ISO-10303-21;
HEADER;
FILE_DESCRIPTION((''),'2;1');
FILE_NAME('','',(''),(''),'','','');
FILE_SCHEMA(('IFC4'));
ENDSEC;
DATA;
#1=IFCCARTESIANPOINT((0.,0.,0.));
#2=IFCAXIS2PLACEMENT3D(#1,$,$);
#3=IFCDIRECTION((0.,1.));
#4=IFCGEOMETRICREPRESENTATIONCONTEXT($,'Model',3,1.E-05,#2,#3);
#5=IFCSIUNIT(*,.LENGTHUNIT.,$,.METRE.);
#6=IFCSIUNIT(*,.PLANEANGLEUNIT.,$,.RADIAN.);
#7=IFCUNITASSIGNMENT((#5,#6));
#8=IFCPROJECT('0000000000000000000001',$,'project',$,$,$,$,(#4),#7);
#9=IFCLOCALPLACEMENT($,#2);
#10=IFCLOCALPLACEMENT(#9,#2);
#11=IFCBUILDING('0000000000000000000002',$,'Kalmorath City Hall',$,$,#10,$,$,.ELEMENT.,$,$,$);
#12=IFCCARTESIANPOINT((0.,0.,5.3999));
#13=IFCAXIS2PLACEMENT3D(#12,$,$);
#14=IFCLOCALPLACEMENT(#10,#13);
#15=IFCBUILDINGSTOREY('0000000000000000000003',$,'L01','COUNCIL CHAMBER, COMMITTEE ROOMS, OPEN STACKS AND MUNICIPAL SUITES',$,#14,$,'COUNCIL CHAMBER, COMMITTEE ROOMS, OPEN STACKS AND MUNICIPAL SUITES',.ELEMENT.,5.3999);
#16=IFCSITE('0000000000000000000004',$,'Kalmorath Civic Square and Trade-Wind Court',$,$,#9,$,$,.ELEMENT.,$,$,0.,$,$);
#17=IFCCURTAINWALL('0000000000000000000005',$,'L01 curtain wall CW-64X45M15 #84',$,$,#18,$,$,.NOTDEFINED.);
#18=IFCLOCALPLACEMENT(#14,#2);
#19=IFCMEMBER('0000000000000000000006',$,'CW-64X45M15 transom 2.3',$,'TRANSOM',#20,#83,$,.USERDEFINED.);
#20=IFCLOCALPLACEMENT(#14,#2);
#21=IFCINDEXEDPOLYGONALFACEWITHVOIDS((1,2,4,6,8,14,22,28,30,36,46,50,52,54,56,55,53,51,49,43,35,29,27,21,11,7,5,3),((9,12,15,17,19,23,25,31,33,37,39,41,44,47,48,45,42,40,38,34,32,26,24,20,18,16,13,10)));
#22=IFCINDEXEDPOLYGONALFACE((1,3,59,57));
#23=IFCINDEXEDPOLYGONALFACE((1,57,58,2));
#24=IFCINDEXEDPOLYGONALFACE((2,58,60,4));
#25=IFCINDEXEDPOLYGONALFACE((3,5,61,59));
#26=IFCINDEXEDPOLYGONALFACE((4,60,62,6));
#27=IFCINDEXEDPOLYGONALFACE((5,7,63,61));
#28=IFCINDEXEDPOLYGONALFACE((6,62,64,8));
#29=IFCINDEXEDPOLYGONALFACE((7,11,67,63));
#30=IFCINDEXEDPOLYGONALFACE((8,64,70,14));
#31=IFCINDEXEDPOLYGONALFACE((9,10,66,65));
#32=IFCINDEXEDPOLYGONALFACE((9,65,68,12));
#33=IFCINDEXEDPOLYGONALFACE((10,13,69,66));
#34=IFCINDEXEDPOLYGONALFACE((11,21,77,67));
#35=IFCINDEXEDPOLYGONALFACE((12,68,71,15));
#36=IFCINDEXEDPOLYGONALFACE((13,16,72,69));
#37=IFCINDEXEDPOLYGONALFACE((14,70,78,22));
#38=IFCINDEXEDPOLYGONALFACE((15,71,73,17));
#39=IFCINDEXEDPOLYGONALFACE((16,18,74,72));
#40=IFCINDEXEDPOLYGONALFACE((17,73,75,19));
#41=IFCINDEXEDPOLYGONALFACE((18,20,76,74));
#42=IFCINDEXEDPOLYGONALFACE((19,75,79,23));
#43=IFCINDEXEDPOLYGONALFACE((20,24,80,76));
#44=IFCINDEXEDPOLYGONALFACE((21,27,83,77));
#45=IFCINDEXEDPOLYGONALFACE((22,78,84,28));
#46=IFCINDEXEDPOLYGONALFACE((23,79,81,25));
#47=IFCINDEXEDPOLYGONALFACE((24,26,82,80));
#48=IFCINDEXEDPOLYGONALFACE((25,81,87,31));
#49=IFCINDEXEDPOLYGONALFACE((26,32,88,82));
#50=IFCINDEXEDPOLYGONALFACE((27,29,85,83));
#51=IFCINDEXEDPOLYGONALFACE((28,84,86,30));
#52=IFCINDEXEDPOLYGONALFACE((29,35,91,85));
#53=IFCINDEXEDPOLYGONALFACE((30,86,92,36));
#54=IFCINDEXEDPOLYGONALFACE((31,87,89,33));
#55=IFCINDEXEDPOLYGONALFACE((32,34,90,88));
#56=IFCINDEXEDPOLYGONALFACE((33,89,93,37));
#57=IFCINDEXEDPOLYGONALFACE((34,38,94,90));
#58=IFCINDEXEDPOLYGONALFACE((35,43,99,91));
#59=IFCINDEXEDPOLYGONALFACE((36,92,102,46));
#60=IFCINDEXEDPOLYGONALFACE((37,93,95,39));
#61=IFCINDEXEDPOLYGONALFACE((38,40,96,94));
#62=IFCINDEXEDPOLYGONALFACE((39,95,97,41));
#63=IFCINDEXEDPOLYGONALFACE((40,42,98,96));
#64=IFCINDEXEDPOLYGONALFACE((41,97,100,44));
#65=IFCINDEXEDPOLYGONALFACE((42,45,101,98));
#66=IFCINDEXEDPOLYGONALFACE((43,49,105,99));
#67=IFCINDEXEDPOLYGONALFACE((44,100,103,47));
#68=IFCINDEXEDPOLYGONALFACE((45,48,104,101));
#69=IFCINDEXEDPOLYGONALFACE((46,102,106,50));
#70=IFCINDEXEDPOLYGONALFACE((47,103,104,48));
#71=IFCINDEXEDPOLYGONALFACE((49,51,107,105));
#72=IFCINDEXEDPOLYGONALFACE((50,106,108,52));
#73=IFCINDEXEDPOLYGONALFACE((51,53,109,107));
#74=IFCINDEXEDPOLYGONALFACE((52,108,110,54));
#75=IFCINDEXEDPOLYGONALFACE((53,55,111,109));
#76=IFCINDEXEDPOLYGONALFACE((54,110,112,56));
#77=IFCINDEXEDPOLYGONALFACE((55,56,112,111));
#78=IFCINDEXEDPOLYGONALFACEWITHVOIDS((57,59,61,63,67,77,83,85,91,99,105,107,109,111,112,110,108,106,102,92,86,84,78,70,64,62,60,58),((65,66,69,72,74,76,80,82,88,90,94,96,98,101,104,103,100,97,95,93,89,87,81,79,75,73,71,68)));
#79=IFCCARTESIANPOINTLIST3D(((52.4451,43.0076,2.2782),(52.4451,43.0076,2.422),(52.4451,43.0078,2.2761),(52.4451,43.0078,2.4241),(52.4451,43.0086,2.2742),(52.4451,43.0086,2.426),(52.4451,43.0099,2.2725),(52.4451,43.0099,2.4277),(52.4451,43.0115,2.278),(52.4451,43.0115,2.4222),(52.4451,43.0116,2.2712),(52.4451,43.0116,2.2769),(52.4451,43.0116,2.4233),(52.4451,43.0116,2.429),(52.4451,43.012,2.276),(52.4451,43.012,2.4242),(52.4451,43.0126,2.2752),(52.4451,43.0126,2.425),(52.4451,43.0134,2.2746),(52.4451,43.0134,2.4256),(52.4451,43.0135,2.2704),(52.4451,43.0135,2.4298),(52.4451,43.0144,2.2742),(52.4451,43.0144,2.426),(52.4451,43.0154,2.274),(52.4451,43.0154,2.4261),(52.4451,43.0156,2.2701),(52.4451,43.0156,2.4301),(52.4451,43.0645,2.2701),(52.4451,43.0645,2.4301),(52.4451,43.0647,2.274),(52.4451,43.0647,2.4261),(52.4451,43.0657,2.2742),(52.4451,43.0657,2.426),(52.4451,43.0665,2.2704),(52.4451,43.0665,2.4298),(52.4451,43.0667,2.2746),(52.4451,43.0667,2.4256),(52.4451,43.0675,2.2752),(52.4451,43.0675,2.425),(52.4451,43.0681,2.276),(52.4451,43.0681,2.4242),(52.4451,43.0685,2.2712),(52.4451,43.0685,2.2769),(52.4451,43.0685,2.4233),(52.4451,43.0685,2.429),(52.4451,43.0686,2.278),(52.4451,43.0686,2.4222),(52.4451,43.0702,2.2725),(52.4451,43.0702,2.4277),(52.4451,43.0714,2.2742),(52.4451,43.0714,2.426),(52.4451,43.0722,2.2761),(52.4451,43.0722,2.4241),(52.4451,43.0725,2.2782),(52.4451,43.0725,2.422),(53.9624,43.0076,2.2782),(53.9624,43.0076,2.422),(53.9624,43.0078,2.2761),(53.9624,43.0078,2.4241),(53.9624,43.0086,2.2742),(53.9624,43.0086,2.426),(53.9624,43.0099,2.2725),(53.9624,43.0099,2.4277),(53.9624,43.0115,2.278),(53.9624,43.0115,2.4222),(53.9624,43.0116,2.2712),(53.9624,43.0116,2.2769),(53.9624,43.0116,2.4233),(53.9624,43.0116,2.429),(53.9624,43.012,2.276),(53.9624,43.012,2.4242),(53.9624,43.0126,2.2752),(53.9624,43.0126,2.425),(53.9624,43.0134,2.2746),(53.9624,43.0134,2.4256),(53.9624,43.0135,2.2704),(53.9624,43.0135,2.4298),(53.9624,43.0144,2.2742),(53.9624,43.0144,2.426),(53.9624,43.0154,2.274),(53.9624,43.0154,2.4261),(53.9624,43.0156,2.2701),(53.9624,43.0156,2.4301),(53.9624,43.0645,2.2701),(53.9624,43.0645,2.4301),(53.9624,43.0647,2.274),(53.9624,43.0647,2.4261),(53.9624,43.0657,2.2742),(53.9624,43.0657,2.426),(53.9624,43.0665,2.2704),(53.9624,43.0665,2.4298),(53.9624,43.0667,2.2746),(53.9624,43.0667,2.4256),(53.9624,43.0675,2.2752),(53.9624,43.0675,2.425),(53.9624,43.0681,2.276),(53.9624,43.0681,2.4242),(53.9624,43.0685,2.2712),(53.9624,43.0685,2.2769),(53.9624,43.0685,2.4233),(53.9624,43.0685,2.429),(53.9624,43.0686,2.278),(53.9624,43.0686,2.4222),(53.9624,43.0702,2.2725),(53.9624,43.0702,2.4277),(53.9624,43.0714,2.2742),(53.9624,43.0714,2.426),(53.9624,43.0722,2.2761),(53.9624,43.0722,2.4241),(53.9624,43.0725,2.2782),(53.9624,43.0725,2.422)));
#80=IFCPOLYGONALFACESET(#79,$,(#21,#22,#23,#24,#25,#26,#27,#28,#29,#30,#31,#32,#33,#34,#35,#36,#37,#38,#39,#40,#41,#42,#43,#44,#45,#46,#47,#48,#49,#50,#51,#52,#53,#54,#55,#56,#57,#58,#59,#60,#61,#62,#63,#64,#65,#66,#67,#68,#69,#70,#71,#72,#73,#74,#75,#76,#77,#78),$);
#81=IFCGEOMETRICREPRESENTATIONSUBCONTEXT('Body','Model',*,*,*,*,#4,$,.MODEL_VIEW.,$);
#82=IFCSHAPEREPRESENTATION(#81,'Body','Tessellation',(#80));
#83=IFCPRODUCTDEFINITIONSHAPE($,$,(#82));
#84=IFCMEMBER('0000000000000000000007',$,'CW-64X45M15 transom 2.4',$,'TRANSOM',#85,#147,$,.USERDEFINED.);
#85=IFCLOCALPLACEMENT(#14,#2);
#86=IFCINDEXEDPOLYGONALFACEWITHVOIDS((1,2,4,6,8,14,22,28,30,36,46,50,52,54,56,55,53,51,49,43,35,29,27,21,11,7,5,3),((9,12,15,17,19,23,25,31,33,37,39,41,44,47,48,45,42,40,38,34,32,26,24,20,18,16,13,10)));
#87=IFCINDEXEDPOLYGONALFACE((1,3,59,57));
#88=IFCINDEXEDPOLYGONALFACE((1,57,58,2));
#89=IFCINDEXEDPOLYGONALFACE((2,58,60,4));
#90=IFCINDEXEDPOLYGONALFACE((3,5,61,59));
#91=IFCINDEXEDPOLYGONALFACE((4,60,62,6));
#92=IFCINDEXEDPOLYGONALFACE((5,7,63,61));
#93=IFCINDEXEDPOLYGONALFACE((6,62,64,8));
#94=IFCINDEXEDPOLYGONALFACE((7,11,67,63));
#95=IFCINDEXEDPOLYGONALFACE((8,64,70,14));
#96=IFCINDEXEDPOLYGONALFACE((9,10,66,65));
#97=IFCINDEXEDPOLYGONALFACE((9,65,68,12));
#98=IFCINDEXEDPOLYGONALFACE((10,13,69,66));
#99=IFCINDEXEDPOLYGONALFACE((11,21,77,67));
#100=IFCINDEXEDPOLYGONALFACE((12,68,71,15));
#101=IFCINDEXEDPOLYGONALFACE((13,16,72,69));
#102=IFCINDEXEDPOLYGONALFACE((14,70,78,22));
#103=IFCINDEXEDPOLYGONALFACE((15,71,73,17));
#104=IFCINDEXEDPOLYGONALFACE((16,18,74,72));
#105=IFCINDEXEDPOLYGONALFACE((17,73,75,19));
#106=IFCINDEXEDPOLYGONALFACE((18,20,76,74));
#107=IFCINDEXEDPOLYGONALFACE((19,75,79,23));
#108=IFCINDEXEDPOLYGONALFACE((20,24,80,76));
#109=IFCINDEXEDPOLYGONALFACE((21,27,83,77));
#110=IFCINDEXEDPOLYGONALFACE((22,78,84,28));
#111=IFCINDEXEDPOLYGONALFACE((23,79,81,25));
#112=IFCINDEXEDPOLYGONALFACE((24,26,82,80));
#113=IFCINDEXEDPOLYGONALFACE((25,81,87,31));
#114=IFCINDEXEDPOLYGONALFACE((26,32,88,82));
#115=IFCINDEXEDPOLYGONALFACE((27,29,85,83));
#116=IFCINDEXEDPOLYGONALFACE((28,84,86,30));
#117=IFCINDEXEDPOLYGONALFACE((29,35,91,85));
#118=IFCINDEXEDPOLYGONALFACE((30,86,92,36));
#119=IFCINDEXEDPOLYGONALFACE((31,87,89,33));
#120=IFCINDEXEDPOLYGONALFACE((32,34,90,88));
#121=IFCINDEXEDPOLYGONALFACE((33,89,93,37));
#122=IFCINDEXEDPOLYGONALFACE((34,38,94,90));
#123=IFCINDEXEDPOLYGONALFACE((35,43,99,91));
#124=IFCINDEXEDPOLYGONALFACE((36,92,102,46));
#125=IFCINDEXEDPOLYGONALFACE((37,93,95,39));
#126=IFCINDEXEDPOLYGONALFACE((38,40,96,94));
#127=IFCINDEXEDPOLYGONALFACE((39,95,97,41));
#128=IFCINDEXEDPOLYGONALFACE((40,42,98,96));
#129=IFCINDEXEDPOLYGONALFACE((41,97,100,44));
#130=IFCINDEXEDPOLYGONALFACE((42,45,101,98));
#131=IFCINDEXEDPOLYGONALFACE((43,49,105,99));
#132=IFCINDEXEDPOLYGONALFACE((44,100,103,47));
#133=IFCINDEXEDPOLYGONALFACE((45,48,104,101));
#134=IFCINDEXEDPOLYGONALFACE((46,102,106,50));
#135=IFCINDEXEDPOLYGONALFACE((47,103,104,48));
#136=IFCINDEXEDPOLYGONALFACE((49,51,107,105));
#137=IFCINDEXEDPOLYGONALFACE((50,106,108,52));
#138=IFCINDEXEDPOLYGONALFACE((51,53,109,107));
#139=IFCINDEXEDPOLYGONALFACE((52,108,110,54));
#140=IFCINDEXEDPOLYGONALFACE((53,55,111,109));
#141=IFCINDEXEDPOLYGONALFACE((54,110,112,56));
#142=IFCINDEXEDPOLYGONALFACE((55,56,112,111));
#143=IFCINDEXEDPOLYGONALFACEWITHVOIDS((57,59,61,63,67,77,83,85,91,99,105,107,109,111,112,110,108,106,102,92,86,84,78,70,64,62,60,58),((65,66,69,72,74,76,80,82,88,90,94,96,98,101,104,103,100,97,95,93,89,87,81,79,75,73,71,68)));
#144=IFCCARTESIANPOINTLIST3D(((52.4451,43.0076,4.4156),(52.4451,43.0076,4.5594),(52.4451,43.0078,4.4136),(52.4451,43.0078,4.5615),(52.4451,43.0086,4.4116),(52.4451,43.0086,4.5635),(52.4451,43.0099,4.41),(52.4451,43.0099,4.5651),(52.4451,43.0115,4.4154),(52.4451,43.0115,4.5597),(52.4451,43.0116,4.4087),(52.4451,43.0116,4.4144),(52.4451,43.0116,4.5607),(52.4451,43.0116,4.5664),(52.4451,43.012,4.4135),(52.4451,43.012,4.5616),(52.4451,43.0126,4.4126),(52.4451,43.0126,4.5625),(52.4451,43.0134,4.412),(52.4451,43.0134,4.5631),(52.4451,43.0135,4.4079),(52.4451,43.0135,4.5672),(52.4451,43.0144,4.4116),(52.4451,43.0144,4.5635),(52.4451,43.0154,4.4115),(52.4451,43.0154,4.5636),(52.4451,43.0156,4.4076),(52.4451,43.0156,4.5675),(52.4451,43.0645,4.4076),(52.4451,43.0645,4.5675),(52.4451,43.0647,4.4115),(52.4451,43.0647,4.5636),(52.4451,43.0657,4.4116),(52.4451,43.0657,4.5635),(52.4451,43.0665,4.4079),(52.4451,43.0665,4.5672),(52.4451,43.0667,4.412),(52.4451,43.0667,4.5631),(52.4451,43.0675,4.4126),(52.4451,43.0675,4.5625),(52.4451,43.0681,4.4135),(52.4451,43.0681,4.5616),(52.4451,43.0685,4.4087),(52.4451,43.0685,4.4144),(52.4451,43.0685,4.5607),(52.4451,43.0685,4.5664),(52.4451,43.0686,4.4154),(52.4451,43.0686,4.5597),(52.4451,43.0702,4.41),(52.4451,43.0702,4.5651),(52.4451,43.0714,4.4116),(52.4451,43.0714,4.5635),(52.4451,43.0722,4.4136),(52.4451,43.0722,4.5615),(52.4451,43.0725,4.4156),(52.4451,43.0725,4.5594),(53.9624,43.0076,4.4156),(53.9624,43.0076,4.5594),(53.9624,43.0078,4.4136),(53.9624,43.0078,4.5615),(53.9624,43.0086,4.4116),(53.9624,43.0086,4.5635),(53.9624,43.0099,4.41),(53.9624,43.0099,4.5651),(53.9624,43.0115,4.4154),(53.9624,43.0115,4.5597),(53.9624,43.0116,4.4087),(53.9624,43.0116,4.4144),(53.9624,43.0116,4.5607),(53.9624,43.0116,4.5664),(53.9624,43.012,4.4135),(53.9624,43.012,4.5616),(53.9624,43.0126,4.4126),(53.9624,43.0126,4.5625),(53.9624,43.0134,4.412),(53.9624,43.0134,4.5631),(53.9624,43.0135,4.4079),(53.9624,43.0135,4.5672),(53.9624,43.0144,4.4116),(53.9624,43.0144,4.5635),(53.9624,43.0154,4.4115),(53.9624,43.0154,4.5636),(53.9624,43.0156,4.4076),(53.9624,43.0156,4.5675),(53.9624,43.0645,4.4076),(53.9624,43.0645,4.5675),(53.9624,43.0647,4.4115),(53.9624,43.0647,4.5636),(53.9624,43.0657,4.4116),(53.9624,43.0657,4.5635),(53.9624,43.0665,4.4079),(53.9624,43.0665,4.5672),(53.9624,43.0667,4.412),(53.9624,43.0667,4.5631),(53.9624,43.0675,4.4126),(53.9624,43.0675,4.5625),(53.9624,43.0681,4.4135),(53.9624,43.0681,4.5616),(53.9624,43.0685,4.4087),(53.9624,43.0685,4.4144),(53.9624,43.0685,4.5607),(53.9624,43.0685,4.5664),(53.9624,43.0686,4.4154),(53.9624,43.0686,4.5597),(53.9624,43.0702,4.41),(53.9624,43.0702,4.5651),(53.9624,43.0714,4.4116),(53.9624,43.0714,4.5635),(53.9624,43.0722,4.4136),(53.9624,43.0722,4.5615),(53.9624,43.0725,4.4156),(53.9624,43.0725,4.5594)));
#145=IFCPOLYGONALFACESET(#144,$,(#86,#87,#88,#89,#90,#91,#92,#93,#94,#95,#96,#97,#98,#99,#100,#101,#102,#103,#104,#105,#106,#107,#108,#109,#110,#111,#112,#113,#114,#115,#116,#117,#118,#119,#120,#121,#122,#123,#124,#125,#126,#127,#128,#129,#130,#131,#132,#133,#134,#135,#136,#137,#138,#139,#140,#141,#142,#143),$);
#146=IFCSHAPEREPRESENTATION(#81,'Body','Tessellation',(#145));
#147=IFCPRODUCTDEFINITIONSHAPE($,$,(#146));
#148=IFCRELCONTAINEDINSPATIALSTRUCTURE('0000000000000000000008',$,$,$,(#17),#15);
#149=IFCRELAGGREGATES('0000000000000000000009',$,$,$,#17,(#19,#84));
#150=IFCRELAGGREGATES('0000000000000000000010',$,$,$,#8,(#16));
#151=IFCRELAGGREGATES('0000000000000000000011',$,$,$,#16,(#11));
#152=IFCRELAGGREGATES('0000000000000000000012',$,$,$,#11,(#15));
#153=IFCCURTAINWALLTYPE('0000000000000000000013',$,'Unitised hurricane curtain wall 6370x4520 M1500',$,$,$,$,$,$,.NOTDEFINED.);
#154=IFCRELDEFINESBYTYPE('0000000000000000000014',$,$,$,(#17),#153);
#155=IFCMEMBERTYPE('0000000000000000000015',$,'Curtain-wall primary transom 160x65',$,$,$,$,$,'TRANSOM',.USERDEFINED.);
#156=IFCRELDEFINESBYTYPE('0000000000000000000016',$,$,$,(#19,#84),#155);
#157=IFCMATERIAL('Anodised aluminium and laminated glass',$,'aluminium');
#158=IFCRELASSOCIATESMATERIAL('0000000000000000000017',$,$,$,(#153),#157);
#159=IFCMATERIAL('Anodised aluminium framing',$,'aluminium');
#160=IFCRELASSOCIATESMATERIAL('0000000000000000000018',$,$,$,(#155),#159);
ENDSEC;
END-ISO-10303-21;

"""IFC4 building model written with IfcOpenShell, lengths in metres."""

from ifc_helpers import new_model, si_unit, direction, frame, origin, origin_2d, place, context, subcontext, project, spatial, hollow_rectangle, extrude, material, material_profile, profile_set, type_object, element, aggregate, save


model = new_model("IFC4")

# Units and contexts
model_context = context("Model", 3, precision=1e-05, world=origin(), true_north=direction((0.0, 1.0)))
body_context = subcontext(model_context, "Body", "Model", "MODEL_VIEW")
ifc_project = project(units=[si_unit("LENGTHUNIT", "METRE"), si_unit("PLANEANGLEUNIT", "RADIAN")], contexts=[model_context])

# Site, building, storey
site_placement = place(None, origin())
site = spatial("IfcSite", under=ifc_project, at=site_placement, Name="Kalmorath Civic Square and Trade-Wind Court", CompositionType="ELEMENT", RefElevation=0.0)
building_placement = place(site_placement, origin())
building = spatial("IfcBuilding", under=site, at=building_placement, Name="Kalmorath City Hall", CompositionType="ELEMENT")
storey_placement = place(building_placement, frame((0.0, 0.0, 5.3999)))
storey = spatial("IfcBuildingStorey", under=building, at=storey_placement, Name="L01", Description="COUNCIL CHAMBER, COMMITTEE ROOMS, OPEN STACKS AND MUNICIPAL SUITES", LongName="COUNCIL CHAMBER, COMMITTEE ROOMS, OPEN STACKS AND MUNICIPAL SUITES", CompositionType="ELEMENT", Elevation=5.3999)

# Curtain wall, members
ifc_material_1 = material(Name="Anodised aluminium and laminated glass", Category="aluminium")
curtain_wall_type_1 = type_object("IfcCurtainWallType", Name="Unitised hurricane curtain wall 6370x4520 M1500", PredefinedType="NOTDEFINED", material=ifc_material_1)
curtain_wall_1_placement = place(storey_placement, origin())
curtain_wall_1 = element("IfcCurtainWall", 1, at=curtain_wall_1_placement, inside=storey, type_object=curtain_wall_type_1, Name="L01 curtain wall CW-64X45M15 #84", PredefinedType="NOTDEFINED")
ifc_material_2 = material(Name="Anodised aluminium framing", Category="aluminium")
ifc_material_profile_1 = material_profile(ifc_material_2, hollow_rectangle(XDim=0.0649, YDim=0.1599, WallThickness=0.0039, InnerFilletRadius=0.0039, OuterFilletRadius=0.0081, at=origin_2d()), Name="ALU-TRN-160X65X4")
ifc_profile_set_1 = profile_set([ifc_material_profile_1], Name="Anodised aluminium framing")
member_type_1 = type_object("IfcMemberType", Name="Curtain-wall primary transom 160x65", ElementType="TRANSOM", PredefinedType="USERDEFINED", material=ifc_profile_set_1)
member_1_placement = place(storey_placement, frame((52.4451, 43.04, 2.3501), z_axis=(1.0, 0.0, 0.0), x_axis=(0.0, 1.0, 0.0)))
member_1 = element("IfcMember", 2, at=member_1_placement, type_object=member_type_1, Name="CW-64X45M15 transom 2.3", ObjectType="TRANSOM", PredefinedType="USERDEFINED", context=body_context, shape_type="SweptSolid", body=[
    extrude(hollow_rectangle(XDim=0.0649, YDim=0.1599, WallThickness=0.0039, InnerFilletRadius=0.0039, OuterFilletRadius=0.0081, at=origin_2d()), origin(), (0.0, 0.0, 1.0), 1.5173),
])
member_2_placement = place(storey_placement, frame((52.4451, 43.04, 4.4875), z_axis=(1.0, 0.0, 0.0), x_axis=(0.0, 1.0, 0.0)))
member_2 = element("IfcMember", 3, at=member_2_placement, type_object=member_type_1, Name="CW-64X45M15 transom 2.4", ObjectType="TRANSOM", PredefinedType="USERDEFINED", context=body_context, shape_type="SweptSolid", body=[
    extrude(hollow_rectangle(XDim=0.0649, YDim=0.1599, WallThickness=0.0039, InnerFilletRadius=0.0039, OuterFilletRadius=0.0081, at=origin_2d()), origin(), (0.0, 0.0, 1.0), 1.5173),
])

aggregate(curtain_wall_1, [member_1, member_2])

save(model, "model.ifc")
